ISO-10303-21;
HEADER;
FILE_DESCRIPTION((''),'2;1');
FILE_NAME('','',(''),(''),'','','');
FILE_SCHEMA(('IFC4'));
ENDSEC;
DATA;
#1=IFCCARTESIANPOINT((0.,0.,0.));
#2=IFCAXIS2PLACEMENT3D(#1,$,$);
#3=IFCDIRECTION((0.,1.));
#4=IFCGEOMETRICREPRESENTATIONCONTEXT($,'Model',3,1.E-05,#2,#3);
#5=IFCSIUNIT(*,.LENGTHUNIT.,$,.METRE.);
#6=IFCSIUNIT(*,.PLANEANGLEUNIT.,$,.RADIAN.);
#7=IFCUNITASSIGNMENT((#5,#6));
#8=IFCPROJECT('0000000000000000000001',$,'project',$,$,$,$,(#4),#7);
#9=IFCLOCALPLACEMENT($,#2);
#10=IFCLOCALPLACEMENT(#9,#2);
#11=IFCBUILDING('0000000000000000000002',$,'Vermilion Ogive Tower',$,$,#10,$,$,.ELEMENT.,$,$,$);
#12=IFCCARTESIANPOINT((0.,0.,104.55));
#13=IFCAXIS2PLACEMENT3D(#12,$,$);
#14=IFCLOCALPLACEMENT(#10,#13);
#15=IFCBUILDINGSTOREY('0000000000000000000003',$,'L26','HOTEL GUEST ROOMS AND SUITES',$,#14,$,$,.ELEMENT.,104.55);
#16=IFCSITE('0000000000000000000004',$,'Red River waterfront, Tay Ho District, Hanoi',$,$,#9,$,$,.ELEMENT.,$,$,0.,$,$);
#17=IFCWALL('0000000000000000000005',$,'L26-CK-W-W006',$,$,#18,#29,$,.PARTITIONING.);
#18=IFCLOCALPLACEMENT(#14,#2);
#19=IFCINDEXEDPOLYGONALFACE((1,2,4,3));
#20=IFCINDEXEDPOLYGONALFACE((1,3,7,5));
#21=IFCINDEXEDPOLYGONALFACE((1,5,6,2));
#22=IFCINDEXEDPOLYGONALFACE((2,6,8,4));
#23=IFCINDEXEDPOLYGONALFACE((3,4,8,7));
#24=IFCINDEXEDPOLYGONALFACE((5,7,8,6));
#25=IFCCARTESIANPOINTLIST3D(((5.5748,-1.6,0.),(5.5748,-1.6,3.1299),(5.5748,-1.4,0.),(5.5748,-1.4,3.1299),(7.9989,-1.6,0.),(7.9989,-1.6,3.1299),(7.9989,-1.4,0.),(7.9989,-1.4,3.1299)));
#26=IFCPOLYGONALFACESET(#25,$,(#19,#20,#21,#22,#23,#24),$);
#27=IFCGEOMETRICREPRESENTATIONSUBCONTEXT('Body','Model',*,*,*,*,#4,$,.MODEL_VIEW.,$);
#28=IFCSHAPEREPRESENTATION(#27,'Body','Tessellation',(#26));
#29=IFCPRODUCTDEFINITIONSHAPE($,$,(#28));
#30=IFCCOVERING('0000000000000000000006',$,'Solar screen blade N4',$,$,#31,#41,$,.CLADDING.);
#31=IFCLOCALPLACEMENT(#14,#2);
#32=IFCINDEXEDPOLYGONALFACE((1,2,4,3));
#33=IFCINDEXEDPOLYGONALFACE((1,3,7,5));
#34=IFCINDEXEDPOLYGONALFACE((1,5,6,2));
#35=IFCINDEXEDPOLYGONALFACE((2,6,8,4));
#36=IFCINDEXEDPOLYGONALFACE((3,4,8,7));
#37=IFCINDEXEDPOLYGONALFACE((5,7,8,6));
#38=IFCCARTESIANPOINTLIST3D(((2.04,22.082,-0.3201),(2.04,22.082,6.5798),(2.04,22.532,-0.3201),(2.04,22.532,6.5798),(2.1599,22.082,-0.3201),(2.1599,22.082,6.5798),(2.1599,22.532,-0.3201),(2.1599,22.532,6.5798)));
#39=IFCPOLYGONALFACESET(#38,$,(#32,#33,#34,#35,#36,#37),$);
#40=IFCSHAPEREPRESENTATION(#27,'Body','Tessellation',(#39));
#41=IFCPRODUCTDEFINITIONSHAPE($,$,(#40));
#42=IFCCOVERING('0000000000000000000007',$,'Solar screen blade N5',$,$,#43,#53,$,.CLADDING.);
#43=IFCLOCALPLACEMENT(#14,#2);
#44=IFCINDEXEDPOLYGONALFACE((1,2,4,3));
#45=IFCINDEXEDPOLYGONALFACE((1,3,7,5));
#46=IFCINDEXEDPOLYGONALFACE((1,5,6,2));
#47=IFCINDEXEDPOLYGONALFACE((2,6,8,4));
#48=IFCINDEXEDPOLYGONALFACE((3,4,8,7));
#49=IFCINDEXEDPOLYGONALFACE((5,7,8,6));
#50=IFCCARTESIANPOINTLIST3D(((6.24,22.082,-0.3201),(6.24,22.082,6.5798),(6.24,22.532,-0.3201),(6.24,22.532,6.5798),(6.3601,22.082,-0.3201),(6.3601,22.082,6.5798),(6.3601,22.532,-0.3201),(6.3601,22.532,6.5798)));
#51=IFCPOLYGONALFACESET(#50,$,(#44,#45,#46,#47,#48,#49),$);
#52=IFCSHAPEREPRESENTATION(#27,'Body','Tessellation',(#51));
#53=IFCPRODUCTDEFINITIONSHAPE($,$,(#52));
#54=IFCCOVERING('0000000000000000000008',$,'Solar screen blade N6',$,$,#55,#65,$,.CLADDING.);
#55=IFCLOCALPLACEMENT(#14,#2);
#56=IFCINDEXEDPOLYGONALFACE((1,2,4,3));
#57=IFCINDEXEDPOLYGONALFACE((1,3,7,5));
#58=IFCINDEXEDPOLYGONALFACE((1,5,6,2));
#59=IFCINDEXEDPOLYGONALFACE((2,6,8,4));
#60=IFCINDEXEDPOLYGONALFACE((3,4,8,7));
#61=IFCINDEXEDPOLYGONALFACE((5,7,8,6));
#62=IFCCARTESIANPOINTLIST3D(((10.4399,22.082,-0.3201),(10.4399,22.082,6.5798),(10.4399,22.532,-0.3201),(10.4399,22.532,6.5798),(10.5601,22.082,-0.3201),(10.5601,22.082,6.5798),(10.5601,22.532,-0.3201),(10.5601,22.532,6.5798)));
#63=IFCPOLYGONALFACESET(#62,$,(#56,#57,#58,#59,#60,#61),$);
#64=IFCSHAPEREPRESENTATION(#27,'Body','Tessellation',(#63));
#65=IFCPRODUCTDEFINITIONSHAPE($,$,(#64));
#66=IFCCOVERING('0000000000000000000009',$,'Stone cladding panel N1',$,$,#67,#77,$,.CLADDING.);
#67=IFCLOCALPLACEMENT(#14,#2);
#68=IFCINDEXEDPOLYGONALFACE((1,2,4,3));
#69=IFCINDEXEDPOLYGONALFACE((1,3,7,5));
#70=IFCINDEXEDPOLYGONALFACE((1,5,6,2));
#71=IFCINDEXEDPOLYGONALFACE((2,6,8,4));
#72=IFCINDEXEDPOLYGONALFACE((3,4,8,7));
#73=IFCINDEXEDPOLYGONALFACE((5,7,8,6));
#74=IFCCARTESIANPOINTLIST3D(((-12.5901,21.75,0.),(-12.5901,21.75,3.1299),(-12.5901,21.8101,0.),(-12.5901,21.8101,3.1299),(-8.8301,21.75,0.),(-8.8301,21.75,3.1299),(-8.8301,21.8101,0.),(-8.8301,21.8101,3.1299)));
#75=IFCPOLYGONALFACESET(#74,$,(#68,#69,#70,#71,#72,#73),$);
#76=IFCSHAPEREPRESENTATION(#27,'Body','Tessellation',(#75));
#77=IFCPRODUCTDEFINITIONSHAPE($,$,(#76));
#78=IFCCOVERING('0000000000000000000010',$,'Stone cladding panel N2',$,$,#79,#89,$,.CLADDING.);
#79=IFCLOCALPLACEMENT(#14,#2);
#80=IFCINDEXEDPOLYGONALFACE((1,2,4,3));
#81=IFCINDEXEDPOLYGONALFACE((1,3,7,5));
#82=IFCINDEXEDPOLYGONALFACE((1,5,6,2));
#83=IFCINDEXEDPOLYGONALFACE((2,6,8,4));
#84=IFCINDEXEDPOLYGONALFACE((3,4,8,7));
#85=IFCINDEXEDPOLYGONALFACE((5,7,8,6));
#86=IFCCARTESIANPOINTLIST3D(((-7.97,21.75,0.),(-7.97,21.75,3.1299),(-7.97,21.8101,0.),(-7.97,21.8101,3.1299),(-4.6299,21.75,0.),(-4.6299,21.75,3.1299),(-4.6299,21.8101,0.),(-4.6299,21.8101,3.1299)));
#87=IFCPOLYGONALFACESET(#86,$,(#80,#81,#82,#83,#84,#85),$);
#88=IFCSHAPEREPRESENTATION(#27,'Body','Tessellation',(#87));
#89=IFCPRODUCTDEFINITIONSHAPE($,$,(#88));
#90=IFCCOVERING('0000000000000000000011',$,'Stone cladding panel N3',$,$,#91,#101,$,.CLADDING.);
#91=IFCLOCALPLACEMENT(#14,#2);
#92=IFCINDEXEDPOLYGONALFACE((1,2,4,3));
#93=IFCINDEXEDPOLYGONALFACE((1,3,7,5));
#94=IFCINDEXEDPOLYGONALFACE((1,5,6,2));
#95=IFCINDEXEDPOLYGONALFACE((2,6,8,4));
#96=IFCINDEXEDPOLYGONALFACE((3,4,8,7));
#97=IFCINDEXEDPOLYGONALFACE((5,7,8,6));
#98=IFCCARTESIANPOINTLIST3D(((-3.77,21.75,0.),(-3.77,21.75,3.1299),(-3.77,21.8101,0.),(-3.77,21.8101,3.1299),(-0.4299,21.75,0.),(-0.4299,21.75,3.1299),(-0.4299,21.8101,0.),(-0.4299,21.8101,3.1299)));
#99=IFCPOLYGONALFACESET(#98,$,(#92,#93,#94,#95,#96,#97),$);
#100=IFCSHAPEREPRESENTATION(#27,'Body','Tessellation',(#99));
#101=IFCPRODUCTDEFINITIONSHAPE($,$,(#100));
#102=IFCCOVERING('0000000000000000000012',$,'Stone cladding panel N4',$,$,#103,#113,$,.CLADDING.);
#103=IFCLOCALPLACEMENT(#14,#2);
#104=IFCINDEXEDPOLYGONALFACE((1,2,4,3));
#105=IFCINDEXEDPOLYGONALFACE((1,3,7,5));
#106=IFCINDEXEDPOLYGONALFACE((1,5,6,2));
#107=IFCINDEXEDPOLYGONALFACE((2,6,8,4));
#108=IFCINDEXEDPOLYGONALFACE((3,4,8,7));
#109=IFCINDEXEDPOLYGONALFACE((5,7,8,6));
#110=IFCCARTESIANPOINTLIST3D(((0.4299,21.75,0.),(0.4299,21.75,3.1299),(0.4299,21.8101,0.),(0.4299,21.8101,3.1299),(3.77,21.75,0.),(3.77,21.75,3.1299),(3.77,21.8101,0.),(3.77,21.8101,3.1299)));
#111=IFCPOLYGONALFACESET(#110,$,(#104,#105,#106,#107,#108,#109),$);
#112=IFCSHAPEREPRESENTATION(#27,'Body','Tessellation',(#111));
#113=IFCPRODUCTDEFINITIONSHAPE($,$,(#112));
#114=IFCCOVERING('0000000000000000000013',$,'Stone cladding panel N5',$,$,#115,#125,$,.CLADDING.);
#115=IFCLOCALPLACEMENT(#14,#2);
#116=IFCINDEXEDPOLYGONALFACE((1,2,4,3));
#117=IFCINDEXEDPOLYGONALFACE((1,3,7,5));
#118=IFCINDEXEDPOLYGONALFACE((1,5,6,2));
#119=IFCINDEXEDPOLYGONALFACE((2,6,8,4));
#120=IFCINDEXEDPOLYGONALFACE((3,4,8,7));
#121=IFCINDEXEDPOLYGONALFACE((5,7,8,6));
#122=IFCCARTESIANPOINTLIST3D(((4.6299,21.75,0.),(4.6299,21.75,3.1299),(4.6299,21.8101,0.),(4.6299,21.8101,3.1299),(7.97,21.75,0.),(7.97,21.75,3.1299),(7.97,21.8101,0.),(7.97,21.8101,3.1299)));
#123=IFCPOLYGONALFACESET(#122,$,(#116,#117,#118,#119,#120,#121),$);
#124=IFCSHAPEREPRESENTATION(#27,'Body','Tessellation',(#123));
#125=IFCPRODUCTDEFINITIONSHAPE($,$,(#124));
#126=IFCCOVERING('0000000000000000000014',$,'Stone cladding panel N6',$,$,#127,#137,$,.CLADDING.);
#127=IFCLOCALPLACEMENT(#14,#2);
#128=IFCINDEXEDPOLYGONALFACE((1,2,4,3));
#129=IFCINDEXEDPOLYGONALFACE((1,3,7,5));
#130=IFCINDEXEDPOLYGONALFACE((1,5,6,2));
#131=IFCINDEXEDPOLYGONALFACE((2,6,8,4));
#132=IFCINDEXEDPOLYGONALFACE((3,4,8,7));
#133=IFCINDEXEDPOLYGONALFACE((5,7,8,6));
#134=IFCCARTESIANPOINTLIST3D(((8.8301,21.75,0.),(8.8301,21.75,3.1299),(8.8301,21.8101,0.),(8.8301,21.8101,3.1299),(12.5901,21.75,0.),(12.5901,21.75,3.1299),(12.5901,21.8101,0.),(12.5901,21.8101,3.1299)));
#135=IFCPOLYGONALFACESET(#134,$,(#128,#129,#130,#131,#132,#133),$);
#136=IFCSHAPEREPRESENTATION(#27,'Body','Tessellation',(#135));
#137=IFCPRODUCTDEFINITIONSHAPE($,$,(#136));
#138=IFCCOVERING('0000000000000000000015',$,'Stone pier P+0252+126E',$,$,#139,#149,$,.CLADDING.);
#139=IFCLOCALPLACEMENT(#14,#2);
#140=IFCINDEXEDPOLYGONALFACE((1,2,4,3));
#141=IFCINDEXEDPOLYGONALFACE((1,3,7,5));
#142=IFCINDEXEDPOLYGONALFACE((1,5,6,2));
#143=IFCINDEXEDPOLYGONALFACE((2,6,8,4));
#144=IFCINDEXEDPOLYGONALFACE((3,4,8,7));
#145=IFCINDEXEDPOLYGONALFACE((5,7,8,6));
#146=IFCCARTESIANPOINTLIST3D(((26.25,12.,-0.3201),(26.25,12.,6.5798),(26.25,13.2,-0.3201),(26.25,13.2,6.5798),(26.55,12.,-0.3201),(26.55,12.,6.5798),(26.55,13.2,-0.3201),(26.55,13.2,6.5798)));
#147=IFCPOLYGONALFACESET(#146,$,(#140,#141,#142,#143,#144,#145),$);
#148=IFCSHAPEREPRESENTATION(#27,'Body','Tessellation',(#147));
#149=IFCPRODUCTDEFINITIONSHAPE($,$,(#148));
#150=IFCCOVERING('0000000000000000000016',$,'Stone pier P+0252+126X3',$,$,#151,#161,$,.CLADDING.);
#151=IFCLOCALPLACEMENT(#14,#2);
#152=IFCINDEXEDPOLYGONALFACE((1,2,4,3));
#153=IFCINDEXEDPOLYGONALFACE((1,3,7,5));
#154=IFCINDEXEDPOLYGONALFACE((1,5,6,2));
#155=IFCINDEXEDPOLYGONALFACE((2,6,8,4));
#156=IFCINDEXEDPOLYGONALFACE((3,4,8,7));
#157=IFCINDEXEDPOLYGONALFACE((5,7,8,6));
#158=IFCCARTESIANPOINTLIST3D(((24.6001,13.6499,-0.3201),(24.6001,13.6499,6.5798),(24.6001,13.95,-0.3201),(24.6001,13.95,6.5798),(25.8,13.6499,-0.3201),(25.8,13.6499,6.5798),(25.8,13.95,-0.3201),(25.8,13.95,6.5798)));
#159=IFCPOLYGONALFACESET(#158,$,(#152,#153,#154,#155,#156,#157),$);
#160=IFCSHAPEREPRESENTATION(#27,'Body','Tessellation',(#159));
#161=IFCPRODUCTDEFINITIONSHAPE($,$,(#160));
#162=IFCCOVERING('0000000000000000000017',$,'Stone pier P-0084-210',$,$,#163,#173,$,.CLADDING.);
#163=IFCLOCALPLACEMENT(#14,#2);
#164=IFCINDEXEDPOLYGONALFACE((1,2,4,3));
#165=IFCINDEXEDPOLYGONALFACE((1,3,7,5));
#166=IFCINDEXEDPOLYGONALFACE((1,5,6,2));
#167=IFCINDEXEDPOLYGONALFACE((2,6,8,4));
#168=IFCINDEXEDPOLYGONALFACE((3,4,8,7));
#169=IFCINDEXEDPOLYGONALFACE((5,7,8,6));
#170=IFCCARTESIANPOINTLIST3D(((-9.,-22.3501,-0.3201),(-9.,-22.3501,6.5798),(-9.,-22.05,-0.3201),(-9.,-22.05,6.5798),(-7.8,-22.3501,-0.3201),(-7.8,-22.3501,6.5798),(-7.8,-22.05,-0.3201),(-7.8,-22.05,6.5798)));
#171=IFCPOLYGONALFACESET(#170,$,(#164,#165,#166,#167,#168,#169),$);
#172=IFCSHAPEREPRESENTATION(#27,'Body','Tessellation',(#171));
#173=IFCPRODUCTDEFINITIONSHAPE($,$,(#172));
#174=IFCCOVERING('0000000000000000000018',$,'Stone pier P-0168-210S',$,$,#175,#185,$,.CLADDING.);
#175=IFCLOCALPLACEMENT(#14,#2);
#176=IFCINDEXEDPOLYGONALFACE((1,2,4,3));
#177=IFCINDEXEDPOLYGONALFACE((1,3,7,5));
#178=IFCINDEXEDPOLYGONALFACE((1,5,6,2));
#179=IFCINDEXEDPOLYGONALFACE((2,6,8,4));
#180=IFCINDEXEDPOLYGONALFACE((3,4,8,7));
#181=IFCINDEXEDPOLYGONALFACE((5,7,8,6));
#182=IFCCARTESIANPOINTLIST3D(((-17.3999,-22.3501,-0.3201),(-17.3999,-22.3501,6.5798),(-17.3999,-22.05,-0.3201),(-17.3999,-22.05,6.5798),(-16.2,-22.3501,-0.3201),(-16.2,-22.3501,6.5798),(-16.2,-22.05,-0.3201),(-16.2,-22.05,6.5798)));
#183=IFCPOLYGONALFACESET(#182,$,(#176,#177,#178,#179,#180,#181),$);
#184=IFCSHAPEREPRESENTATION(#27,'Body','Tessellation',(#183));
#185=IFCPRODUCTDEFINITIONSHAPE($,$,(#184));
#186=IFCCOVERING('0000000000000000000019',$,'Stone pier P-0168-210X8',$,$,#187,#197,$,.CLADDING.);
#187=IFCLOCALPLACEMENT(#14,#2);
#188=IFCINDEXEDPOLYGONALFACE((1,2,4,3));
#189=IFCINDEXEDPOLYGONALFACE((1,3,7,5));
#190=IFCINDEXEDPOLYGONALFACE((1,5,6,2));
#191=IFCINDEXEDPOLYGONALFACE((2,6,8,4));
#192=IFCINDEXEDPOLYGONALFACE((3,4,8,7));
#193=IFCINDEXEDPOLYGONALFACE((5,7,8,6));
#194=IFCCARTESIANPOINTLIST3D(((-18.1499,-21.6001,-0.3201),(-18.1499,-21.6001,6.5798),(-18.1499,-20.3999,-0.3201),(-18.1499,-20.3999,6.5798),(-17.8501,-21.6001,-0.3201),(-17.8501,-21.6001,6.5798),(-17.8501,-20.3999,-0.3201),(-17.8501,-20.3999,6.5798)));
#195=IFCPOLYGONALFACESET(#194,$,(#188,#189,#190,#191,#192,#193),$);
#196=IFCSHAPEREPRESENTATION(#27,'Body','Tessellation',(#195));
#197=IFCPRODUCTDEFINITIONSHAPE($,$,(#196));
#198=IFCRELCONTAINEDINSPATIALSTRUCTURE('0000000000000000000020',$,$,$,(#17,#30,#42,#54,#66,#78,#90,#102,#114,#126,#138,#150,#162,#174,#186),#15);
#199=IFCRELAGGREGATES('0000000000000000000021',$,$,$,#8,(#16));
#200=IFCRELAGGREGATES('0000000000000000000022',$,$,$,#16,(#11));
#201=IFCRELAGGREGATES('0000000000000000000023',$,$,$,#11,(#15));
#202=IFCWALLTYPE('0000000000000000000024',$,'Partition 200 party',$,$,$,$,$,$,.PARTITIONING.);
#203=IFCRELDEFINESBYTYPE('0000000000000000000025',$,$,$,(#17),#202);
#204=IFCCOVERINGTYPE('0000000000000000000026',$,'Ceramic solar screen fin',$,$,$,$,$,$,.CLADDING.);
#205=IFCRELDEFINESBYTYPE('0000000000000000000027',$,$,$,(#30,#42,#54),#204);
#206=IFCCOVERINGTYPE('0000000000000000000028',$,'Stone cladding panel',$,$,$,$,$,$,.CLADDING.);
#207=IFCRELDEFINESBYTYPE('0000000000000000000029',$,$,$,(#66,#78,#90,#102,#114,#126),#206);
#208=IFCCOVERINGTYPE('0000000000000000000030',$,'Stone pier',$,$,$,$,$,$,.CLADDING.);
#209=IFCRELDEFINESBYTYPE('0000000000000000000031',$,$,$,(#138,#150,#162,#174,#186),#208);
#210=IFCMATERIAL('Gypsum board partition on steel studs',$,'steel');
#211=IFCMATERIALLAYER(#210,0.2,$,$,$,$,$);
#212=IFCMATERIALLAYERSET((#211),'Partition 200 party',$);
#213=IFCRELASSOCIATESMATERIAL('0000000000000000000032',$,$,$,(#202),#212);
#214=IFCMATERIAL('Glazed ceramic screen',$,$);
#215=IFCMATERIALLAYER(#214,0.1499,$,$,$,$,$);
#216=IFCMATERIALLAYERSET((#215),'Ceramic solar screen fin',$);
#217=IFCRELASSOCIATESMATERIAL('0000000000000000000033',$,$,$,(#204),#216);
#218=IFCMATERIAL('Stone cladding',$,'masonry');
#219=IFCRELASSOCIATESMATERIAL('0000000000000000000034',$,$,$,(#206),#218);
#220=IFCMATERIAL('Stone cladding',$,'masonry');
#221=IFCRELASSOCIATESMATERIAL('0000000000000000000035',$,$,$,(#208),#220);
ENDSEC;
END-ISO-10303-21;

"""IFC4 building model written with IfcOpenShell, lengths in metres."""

from ifc_helpers import new_model, si_unit, direction, frame, frame_2d, origin, place, context, subcontext, project, spatial, polyline, rectangle, outline, extrude, material, layer, layer_set, type_object, element, save


model = new_model("IFC4")

# Units and contexts
model_context = context("Model", 3, precision=1e-05, world=origin(), true_north=direction((0.0, 1.0)))
body_context = subcontext(model_context, "Body", "Model", "MODEL_VIEW")
ifc_project = project(units=[si_unit("LENGTHUNIT", "METRE"), si_unit("PLANEANGLEUNIT", "RADIAN")], contexts=[model_context])

# Site, building, storey
site_placement = place(None, origin())
site = spatial("IfcSite", under=ifc_project, at=site_placement, Name="Red River waterfront, Tay Ho District, Hanoi", CompositionType="ELEMENT", RefElevation=0.0)
building_placement = place(site_placement, origin())
building = spatial("IfcBuilding", under=site, at=building_placement, Name="Vermilion Ogive Tower", CompositionType="ELEMENT")
storey_placement = place(building_placement, frame((0.0, 0.0, 104.55)))
storey = spatial("IfcBuildingStorey", under=building, at=storey_placement, Name="L26", Description="HOTEL GUEST ROOMS AND SUITES", CompositionType="ELEMENT", Elevation=104.55)

# Wall
ifc_material_1 = material(Name="Gypsum board partition on steel studs", Category="steel")
ifc_layer_1 = layer(ifc_material_1, 0.2)
ifc_layer_set_1 = layer_set([ifc_layer_1], Name="Partition 200 party")
wall_type = type_object("IfcWallType", Name="Partition 200 party", PredefinedType="PARTITIONING", material=ifc_layer_set_1)
wall_placement = place(storey_placement, frame((5.575, -1.5, 0.0), z_axis=(0.0, 0.0, 1.0), x_axis=(1.0, 0.0, 0.0)))
element("IfcWall", 1, at=wall_placement, inside=storey, type_object=wall_type, Name="L26-CK-W-W006", PredefinedType="PARTITIONING", context=body_context, shape_type="SweptSolid", body=[
    extrude(rectangle(XDim=2.4241, YDim=0.2, at=frame_2d((1.2119, 0.0))), origin(), (0.0, 0.0, 1.0), 3.1299),
])

# Coverings
ifc_material_2 = material(Name="Glazed ceramic screen")
ifc_layer_2 = layer(ifc_material_2, 0.1499)
ifc_layer_set_2 = layer_set([ifc_layer_2], Name="Ceramic solar screen fin")
covering_type_1 = type_object("IfcCoveringType", Name="Ceramic solar screen fin", PredefinedType="CLADDING", material=ifc_layer_set_2)
covering_1_placement = place(storey_placement, frame((0.0, 0.0, -0.3201)))
element("IfcCovering", 2, at=covering_1_placement, inside=storey, type_object=covering_type_1, Name="Solar screen blade N4", PredefinedType="CLADDING", context=body_context, shape_type="SweptSolid", body=[
    extrude(outline(polyline([(2.04, 22.082), (2.1599, 22.082), (2.1599, 22.532), (2.04, 22.532), (2.04, 22.082)])), origin(), (0.0, 0.0, 1.0), 6.8999),
])
covering_2_placement = place(storey_placement, frame((0.0, 0.0, -0.3201)))
element("IfcCovering", 3, at=covering_2_placement, inside=storey, type_object=covering_type_1, Name="Solar screen blade N5", PredefinedType="CLADDING", context=body_context, shape_type="SweptSolid", body=[
    extrude(outline(polyline([(6.24, 22.082), (6.3601, 22.082), (6.3601, 22.532), (6.24, 22.532), (6.24, 22.082)])), origin(), (0.0, 0.0, 1.0), 6.8999),
])
covering_3_placement = place(storey_placement, frame((0.0, 0.0, -0.3201)))
element("IfcCovering", 4, at=covering_3_placement, inside=storey, type_object=covering_type_1, Name="Solar screen blade N6", PredefinedType="CLADDING", context=body_context, shape_type="SweptSolid", body=[
    extrude(outline(polyline([(10.4399, 22.082), (10.5601, 22.082), (10.5601, 22.532), (10.4399, 22.532), (10.4399, 22.082)])), origin(), (0.0, 0.0, 1.0), 6.8999),
])
ifc_material_3 = material(Name="Stone cladding", Category="masonry")
covering_type_2 = type_object("IfcCoveringType", Name="Stone cladding panel", PredefinedType="CLADDING", material=ifc_material_3)
covering_4_placement = place(storey_placement, origin())
element("IfcCovering", 5, at=covering_4_placement, inside=storey, type_object=covering_type_2, Name="Stone cladding panel N1", PredefinedType="CLADDING", context=body_context, shape_type="SweptSolid", body=[
    extrude(outline(polyline([(-12.5901, 21.75), (-8.8301, 21.75), (-8.8301, 21.8101), (-12.5901, 21.8101), (-12.5901, 21.75)])), origin(), (0.0, 0.0, 1.0), 3.1299),
])
covering_5_placement = place(storey_placement, origin())
element("IfcCovering", 6, at=covering_5_placement, inside=storey, type_object=covering_type_2, Name="Stone cladding panel N2", PredefinedType="CLADDING", context=body_context, shape_type="SweptSolid", body=[
    extrude(outline(polyline([(-7.97, 21.75), (-4.6299, 21.75), (-4.6299, 21.8101), (-7.97, 21.8101), (-7.97, 21.75)])), origin(), (0.0, 0.0, 1.0), 3.1299),
])
covering_6_placement = place(storey_placement, origin())
element("IfcCovering", 7, at=covering_6_placement, inside=storey, type_object=covering_type_2, Name="Stone cladding panel N3", PredefinedType="CLADDING", context=body_context, shape_type="SweptSolid", body=[
    extrude(outline(polyline([(-3.77, 21.75), (-0.4299, 21.75), (-0.4299, 21.8101), (-3.77, 21.8101), (-3.77, 21.75)])), origin(), (0.0, 0.0, 1.0), 3.1299),
])
covering_7_placement = place(storey_placement, origin())
element("IfcCovering", 8, at=covering_7_placement, inside=storey, type_object=covering_type_2, Name="Stone cladding panel N4", PredefinedType="CLADDING", context=body_context, shape_type="SweptSolid", body=[
    extrude(outline(polyline([(0.4299, 21.75), (3.77, 21.75), (3.77, 21.8101), (0.4299, 21.8101), (0.4299, 21.75)])), origin(), (0.0, 0.0, 1.0), 3.1299),
])
covering_8_placement = place(storey_placement, origin())
element("IfcCovering", 9, at=covering_8_placement, inside=storey, type_object=covering_type_2, Name="Stone cladding panel N5", PredefinedType="CLADDING", context=body_context, shape_type="SweptSolid", body=[
    extrude(outline(polyline([(4.6299, 21.75), (7.97, 21.75), (7.97, 21.8101), (4.6299, 21.8101), (4.6299, 21.75)])), origin(), (0.0, 0.0, 1.0), 3.1299),
])
covering_9_placement = place(storey_placement, origin())
element("IfcCovering", 10, at=covering_9_placement, inside=storey, type_object=covering_type_2, Name="Stone cladding panel N6", PredefinedType="CLADDING", context=body_context, shape_type="SweptSolid", body=[
    extrude(outline(polyline([(8.8301, 21.75), (12.5901, 21.75), (12.5901, 21.8101), (8.8301, 21.8101), (8.8301, 21.75)])), origin(), (0.0, 0.0, 1.0), 3.1299),
])
ifc_material_4 = material(Name="Stone cladding", Category="masonry")
covering_type_3 = type_object("IfcCoveringType", Name="Stone pier", PredefinedType="CLADDING", material=ifc_material_4)
covering_10_placement = place(storey_placement, frame((0.0, 0.0, -0.3201)))
element("IfcCovering", 11, at=covering_10_placement, inside=storey, type_object=covering_type_3, Name="Stone pier P+0252+126E", PredefinedType="CLADDING", context=body_context, shape_type="SweptSolid", body=[
    extrude(outline(polyline([(26.55, 13.2), (26.55, 12.0), (26.25, 12.0), (26.25, 13.2), (26.55, 13.2)])), origin(), (0.0, 0.0, 1.0), 6.8999),
])
covering_11_placement = place(storey_placement, frame((0.0, 0.0, -0.3201)))
element("IfcCovering", 12, at=covering_11_placement, inside=storey, type_object=covering_type_3, Name="Stone pier P+0252+126X3", PredefinedType="CLADDING", context=body_context, shape_type="SweptSolid", body=[
    extrude(outline(polyline([(25.8, 13.95), (25.8, 13.6499), (24.6001, 13.6499), (24.6001, 13.95), (25.8, 13.95)])), origin(), (0.0, 0.0, 1.0), 6.8999),
])
covering_12_placement = place(storey_placement, frame((0.0, 0.0, -0.3201)))
element("IfcCovering", 13, at=covering_12_placement, inside=storey, type_object=covering_type_3, Name="Stone pier P-0084-210", PredefinedType="CLADDING", context=body_context, shape_type="SweptSolid", body=[
    extrude(outline(polyline([(-7.8, -22.3501), (-9.0, -22.3501), (-9.0, -22.05), (-7.8, -22.05), (-7.8, -22.3501)])), origin(), (0.0, 0.0, 1.0), 6.8999),
])
covering_13_placement = place(storey_placement, frame((0.0, 0.0, -0.3201)))
element("IfcCovering", 14, at=covering_13_placement, inside=storey, type_object=covering_type_3, Name="Stone pier P-0168-210S", PredefinedType="CLADDING", context=body_context, shape_type="SweptSolid", body=[
    extrude(outline(polyline([(-16.2, -22.3501), (-17.3999, -22.3501), (-17.3999, -22.05), (-16.2, -22.05), (-16.2, -22.3501)])), origin(), (0.0, 0.0, 1.0), 6.8999),
])
covering_14_placement = place(storey_placement, frame((0.0, 0.0, -0.3201)))
element("IfcCovering", 15, at=covering_14_placement, inside=storey, type_object=covering_type_3, Name="Stone pier P-0168-210X8", PredefinedType="CLADDING", context=body_context, shape_type="SweptSolid", body=[
    extrude(outline(polyline([(-18.1499, -20.3999), (-17.8501, -20.3999), (-17.8501, -21.6001), (-18.1499, -21.6001), (-18.1499, -20.3999)])), origin(), (0.0, 0.0, 1.0), 6.8999),
])

save(model, "model.ifc")
